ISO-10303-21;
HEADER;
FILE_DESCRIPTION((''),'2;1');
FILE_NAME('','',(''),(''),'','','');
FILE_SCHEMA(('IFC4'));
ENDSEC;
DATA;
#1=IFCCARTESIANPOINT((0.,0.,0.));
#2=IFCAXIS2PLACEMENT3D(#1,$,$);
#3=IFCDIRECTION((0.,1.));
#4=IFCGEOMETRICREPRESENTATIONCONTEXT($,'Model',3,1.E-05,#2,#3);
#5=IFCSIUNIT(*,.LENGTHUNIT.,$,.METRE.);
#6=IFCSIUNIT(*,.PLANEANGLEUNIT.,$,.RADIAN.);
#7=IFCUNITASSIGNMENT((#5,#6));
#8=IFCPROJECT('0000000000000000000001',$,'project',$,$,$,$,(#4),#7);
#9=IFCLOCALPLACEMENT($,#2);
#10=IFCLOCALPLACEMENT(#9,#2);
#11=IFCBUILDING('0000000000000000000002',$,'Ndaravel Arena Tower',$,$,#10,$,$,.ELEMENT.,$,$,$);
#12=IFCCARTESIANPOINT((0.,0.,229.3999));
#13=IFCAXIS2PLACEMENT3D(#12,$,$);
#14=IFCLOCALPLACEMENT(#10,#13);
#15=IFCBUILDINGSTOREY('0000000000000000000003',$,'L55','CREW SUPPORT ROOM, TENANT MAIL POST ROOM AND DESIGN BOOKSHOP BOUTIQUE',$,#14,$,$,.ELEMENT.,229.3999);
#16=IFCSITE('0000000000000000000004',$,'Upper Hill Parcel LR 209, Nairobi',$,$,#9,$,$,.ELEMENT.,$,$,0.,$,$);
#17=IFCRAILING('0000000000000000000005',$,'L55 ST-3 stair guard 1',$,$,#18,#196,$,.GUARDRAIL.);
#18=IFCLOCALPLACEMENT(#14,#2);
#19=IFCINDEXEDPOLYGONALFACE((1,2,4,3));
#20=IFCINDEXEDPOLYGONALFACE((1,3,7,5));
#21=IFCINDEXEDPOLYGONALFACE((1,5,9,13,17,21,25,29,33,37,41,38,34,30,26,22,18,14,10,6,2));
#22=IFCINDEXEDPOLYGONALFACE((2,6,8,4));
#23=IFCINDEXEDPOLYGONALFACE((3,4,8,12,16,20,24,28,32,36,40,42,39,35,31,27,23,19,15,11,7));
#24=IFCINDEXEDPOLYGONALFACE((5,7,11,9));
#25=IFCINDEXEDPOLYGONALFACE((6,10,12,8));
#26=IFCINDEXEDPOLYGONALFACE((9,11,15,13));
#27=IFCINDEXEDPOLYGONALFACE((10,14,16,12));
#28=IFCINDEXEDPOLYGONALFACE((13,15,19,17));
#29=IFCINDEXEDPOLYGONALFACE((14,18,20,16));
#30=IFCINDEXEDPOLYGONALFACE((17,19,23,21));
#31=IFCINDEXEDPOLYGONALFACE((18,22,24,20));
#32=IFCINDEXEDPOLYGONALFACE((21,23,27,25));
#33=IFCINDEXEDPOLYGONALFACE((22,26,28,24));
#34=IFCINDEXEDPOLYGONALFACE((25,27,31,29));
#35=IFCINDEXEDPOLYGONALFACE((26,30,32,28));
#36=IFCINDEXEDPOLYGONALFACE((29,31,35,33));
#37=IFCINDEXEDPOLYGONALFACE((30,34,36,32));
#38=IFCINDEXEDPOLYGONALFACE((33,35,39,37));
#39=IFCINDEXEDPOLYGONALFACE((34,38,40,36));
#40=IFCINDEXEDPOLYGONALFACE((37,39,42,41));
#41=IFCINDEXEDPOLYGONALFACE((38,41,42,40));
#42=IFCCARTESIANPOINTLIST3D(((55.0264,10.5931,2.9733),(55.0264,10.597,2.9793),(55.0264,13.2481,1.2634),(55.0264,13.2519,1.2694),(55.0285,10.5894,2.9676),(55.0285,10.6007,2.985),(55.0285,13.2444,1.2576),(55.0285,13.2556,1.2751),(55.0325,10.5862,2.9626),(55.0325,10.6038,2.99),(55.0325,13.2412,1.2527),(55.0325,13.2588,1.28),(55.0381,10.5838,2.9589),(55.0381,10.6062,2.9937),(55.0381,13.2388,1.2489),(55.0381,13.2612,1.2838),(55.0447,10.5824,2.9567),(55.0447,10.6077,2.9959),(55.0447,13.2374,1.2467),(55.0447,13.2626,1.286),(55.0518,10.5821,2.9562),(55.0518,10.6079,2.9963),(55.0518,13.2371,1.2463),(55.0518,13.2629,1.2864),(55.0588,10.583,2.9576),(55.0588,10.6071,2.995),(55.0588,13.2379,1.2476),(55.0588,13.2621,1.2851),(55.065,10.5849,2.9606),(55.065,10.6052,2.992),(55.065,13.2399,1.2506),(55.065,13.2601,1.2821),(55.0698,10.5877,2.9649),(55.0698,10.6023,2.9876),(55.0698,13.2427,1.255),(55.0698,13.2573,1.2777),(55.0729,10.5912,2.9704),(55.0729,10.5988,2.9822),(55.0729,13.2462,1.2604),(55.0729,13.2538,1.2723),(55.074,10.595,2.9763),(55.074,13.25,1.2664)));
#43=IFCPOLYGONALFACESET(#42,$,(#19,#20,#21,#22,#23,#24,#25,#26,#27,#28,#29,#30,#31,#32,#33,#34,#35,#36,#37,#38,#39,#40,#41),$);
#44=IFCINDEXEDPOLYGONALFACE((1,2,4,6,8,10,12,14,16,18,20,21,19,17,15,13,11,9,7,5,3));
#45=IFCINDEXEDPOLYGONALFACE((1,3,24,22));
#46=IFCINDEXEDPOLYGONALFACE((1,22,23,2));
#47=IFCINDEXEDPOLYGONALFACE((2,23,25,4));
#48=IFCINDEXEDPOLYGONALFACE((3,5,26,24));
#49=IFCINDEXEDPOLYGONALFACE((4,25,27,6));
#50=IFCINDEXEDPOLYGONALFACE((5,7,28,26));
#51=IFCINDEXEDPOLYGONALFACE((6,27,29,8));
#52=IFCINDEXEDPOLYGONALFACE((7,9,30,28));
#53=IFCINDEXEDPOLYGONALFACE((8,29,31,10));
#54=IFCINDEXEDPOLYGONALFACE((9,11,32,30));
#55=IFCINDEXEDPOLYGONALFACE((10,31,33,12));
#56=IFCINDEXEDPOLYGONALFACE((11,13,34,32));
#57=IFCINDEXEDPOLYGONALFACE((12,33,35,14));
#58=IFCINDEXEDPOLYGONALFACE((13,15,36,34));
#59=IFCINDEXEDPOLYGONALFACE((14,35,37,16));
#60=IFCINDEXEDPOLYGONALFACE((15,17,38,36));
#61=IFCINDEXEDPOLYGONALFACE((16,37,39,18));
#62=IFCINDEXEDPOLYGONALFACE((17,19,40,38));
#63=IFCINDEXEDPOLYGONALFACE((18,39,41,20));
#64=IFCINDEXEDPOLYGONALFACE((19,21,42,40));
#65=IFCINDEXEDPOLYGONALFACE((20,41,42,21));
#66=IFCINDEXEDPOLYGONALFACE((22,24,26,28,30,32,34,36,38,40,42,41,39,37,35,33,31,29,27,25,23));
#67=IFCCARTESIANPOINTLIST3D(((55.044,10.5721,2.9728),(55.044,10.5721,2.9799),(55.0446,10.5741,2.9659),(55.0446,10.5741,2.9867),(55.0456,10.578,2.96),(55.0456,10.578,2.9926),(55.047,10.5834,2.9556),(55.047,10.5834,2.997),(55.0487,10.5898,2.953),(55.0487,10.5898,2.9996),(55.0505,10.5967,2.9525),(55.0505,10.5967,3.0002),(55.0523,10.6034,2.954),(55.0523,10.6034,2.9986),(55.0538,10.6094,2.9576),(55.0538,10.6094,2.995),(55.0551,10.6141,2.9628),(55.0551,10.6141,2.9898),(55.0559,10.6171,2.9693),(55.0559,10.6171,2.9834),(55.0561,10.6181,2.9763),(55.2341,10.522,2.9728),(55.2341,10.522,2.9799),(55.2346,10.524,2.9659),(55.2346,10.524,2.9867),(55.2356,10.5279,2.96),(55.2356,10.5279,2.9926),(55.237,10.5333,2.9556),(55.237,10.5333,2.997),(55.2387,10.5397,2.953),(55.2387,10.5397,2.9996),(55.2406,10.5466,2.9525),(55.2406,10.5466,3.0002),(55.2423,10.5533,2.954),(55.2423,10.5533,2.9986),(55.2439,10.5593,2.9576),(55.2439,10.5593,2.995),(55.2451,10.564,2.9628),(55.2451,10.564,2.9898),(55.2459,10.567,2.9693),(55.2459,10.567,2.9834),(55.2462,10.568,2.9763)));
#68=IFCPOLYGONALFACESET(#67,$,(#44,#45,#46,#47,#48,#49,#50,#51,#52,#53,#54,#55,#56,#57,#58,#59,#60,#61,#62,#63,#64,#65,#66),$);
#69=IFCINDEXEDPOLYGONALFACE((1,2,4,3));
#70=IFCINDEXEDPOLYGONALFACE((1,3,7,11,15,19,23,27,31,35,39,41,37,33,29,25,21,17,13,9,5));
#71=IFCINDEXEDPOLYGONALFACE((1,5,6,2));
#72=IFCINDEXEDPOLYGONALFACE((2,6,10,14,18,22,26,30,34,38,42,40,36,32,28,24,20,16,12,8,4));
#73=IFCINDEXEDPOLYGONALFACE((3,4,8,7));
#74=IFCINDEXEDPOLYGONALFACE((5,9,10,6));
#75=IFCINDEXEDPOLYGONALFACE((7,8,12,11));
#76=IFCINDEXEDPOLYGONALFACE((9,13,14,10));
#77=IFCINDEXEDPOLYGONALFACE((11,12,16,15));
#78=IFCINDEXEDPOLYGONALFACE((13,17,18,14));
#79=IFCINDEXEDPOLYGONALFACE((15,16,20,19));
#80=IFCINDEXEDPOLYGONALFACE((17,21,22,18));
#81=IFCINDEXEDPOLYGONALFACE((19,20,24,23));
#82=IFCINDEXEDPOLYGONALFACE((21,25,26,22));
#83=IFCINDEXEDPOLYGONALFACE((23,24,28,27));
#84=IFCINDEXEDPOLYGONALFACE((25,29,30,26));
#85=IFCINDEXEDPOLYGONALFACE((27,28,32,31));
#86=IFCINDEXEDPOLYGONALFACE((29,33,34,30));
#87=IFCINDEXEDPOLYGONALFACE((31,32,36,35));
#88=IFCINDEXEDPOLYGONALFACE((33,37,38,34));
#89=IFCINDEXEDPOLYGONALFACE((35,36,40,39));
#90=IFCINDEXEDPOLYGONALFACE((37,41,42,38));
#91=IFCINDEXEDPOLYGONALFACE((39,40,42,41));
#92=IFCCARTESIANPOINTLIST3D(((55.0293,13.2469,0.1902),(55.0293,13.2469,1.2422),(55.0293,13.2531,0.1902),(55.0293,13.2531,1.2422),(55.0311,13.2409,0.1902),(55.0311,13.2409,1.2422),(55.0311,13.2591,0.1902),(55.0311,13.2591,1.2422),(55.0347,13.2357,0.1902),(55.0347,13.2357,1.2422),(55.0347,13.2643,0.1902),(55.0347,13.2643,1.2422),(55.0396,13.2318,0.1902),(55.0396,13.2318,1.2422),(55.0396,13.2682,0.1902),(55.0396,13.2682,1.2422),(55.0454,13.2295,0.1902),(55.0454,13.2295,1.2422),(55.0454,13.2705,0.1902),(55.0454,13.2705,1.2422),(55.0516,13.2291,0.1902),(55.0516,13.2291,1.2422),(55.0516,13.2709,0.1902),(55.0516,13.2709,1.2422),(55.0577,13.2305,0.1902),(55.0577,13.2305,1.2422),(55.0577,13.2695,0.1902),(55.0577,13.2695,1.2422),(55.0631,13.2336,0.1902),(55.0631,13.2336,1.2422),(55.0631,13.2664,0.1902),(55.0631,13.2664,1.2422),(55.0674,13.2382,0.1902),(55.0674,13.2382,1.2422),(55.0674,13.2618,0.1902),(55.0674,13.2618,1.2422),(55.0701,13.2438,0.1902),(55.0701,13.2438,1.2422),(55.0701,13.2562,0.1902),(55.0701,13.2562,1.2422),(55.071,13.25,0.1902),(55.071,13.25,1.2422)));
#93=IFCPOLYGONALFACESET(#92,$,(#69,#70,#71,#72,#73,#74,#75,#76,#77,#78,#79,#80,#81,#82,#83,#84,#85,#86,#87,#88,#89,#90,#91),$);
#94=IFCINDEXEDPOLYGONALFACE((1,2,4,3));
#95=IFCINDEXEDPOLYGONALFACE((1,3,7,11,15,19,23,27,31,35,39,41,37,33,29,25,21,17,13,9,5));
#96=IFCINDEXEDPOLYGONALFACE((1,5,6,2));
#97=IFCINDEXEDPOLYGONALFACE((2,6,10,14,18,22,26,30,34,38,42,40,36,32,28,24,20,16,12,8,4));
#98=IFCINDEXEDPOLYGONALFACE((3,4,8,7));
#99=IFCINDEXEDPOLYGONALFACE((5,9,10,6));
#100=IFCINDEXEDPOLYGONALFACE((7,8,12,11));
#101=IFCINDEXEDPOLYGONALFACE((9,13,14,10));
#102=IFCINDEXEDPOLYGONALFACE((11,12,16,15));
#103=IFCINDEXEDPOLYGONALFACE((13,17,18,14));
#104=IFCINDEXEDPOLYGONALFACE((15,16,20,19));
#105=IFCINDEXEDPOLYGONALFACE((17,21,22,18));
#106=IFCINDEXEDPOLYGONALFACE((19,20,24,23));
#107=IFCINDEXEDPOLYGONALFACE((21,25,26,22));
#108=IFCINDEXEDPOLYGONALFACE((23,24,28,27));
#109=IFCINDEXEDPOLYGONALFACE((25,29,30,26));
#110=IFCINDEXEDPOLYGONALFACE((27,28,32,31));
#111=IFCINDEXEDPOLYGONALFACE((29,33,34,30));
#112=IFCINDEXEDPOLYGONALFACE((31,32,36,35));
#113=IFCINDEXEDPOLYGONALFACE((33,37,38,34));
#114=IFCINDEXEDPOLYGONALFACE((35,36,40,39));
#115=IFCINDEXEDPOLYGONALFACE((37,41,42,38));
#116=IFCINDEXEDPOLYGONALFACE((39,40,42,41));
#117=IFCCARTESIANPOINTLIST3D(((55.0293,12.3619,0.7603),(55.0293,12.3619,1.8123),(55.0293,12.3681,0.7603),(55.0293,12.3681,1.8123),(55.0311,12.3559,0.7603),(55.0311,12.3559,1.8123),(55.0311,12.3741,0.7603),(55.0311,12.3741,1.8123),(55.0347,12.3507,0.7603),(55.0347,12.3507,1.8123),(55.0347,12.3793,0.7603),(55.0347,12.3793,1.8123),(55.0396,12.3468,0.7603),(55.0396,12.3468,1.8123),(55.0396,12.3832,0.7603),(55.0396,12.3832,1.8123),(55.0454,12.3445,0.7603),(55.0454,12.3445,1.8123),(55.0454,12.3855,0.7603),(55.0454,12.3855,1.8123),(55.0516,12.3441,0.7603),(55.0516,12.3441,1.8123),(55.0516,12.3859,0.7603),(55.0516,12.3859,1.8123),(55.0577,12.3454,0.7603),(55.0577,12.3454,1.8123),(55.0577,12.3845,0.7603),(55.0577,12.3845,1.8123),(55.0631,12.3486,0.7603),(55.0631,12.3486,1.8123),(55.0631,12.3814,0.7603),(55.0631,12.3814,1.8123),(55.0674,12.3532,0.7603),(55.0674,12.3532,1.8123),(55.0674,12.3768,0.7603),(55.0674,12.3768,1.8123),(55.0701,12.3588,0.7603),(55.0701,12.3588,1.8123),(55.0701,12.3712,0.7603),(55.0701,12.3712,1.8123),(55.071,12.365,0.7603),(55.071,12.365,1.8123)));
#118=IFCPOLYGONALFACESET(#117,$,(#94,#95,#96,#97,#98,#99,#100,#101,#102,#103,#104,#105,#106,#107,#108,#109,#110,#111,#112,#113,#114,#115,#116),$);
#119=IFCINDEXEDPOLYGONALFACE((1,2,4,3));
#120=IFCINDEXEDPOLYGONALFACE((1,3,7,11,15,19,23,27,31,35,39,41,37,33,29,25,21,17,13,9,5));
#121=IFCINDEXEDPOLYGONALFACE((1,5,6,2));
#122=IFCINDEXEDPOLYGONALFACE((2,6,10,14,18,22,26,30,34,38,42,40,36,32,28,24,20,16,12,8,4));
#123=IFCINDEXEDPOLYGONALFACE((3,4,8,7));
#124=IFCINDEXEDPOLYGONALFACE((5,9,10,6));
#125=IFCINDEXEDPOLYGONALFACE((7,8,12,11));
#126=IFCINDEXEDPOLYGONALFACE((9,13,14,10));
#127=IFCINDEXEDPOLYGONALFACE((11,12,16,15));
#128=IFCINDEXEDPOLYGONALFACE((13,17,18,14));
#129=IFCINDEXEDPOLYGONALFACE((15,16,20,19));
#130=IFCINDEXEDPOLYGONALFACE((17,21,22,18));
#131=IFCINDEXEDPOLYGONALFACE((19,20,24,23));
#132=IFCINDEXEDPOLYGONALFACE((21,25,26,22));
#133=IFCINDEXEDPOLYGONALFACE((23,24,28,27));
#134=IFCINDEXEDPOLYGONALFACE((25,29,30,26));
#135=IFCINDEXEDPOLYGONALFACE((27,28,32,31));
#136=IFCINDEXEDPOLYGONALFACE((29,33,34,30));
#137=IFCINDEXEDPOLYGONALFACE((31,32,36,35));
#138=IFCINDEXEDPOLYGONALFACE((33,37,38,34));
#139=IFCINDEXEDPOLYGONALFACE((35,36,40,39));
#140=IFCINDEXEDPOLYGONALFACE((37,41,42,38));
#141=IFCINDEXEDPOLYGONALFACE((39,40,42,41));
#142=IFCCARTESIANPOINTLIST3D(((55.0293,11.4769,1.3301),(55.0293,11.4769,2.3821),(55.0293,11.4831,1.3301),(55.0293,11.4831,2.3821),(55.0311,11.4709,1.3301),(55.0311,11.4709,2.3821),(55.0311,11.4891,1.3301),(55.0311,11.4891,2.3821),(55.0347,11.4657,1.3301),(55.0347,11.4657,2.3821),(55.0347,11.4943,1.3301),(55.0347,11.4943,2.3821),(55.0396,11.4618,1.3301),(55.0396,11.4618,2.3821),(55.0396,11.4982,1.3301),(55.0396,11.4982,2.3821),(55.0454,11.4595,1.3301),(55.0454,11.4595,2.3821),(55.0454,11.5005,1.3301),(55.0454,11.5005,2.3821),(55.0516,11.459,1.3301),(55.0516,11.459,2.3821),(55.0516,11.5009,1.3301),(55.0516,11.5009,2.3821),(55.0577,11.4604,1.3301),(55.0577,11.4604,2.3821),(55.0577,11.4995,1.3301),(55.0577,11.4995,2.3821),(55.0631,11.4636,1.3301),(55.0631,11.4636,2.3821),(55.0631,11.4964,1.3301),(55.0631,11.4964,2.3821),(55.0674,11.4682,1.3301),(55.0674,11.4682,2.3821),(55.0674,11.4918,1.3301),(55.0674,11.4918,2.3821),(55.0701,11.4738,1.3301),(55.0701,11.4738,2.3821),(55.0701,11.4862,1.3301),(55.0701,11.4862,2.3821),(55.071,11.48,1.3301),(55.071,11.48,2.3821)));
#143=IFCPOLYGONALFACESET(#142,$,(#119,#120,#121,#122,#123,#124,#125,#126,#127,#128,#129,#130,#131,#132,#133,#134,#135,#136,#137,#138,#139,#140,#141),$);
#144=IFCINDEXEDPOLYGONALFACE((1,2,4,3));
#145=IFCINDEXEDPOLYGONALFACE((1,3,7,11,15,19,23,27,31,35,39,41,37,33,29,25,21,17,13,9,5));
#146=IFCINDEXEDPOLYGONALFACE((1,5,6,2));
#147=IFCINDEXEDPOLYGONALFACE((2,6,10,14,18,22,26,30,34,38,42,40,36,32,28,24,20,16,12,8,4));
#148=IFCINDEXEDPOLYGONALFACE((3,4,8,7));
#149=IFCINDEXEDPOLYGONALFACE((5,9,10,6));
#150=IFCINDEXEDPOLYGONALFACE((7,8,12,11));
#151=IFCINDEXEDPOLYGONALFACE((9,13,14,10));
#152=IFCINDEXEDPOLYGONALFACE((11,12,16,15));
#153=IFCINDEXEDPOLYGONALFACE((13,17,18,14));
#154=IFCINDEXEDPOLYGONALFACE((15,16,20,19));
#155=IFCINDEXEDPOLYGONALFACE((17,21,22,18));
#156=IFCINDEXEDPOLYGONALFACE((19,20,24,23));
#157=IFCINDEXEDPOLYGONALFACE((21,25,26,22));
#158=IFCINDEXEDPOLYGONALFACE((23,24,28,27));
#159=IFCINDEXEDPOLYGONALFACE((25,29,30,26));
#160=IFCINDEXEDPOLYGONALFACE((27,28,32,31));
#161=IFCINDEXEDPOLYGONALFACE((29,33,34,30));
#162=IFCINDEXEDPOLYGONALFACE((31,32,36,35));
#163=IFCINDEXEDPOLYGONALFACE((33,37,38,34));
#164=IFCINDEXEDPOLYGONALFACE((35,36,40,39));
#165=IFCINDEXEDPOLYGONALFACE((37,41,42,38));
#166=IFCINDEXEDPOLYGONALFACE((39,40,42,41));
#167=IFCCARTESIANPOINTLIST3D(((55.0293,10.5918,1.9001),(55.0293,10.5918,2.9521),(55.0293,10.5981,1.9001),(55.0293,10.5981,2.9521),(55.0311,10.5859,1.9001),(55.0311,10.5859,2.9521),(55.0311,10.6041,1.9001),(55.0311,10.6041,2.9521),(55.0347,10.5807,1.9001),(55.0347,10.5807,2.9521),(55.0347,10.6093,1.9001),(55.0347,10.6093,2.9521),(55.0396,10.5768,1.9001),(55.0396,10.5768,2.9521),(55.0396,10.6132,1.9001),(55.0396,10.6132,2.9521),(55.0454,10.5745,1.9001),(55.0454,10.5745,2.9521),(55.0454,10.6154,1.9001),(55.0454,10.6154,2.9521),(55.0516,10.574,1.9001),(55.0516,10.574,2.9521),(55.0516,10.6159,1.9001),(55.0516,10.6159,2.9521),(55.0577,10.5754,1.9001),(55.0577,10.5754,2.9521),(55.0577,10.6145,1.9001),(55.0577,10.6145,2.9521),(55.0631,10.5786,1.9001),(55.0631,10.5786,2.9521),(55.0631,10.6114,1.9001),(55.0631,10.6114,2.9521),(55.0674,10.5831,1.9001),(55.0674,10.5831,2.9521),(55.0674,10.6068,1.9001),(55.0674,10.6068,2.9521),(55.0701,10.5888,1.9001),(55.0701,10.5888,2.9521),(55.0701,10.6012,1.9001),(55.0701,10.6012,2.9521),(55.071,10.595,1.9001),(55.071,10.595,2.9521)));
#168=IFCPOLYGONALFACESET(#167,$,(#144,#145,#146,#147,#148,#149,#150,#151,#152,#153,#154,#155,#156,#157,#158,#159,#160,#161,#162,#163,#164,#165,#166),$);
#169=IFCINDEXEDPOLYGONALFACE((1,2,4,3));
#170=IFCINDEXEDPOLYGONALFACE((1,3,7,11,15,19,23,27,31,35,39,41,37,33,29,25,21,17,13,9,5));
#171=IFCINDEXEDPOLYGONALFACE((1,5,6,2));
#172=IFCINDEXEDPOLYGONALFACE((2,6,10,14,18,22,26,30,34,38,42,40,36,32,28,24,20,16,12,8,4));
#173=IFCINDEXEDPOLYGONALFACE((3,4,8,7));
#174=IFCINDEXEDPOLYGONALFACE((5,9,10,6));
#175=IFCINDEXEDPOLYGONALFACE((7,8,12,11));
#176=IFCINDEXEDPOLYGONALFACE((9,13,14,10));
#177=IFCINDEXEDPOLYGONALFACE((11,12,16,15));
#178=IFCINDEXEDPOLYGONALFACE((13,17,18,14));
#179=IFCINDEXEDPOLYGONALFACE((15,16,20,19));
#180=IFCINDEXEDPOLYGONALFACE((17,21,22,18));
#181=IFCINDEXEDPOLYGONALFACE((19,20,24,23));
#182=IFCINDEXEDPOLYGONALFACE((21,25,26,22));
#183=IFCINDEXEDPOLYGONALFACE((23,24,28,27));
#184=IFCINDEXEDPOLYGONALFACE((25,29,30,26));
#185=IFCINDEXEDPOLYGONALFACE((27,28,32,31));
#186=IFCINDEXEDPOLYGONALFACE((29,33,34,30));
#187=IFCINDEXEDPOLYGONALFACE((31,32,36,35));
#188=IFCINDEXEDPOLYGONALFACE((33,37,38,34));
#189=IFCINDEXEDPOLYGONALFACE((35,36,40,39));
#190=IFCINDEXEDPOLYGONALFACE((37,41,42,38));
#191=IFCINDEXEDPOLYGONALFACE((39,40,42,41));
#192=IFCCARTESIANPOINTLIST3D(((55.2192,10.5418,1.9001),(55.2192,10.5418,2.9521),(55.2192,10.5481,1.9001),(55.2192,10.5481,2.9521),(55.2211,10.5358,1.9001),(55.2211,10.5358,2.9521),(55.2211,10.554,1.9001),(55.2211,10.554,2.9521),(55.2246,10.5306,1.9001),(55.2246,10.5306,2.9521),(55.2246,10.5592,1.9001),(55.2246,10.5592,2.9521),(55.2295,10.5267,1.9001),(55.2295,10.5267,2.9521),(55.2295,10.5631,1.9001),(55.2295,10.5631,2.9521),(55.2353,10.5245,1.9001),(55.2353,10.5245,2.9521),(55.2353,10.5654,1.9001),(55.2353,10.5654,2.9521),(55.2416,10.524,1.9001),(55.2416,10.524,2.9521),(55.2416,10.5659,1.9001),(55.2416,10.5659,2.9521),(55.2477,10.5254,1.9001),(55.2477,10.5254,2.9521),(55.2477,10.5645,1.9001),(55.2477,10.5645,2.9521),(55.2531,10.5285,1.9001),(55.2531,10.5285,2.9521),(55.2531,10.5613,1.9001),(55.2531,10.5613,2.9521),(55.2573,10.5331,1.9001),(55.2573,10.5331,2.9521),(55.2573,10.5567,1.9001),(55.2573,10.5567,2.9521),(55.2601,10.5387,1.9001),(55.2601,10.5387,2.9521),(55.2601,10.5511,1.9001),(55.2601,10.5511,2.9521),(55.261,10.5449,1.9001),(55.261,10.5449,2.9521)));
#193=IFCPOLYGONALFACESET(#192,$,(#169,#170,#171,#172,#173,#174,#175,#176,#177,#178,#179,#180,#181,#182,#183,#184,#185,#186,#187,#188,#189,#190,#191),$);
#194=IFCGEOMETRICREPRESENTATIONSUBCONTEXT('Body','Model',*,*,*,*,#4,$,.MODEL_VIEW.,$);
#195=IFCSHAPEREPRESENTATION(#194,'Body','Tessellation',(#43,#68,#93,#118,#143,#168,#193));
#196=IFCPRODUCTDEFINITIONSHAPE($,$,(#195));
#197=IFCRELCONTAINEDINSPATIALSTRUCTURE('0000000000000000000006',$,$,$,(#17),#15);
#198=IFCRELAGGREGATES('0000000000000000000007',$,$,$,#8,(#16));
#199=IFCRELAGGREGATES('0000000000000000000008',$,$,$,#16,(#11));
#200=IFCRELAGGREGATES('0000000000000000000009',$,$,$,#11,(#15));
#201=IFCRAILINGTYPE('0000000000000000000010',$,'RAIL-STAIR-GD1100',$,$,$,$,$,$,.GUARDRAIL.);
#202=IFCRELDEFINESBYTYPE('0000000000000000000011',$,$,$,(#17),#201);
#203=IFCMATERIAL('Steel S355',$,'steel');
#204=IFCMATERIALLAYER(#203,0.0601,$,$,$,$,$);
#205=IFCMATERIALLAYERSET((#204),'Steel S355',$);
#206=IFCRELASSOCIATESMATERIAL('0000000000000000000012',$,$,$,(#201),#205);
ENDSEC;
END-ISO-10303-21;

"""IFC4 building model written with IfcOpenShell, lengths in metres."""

from ifc_helpers import new_model, si_unit, direction, frame, origin, origin_2d, place, context, subcontext, project, spatial, circle, extrude, material, layer, layer_set, type_object, element, save


model = new_model("IFC4")

# Units and contexts
model_context = context("Model", 3, precision=1e-05, world=origin(), true_north=direction((0.0, 1.0)))
body_context = subcontext(model_context, "Body", "Model", "MODEL_VIEW")
ifc_project = project(units=[si_unit("LENGTHUNIT", "METRE"), si_unit("PLANEANGLEUNIT", "RADIAN")], contexts=[model_context])

# Site, building, storey
site_placement = place(None, origin())
site = spatial("IfcSite", under=ifc_project, at=site_placement, Name="Upper Hill Parcel LR 209, Nairobi", CompositionType="ELEMENT", RefElevation=0.0)
building_placement = place(site_placement, origin())
building = spatial("IfcBuilding", under=site, at=building_placement, Name="Ndaravel Arena Tower", CompositionType="ELEMENT")
storey_placement = place(building_placement, frame((0.0, 0.0, 229.3999)))
storey = spatial("IfcBuildingStorey", under=building, at=storey_placement, Name="L55", Description="CREW SUPPORT ROOM, TENANT MAIL POST ROOM AND DESIGN BOOKSHOP BOUTIQUE", CompositionType="ELEMENT", Elevation=229.3999)

# Railing
ifc_material_1 = material(Name="Steel S355", Category="steel")
ifc_layer_1 = layer(ifc_material_1, 0.0601)
ifc_layer_set_1 = layer_set([ifc_layer_1], Name="Steel S355")
railing_type_1 = type_object("IfcRailingType", Name="RAIL-STAIR-GD1100", PredefinedType="GUARDRAIL", material=ifc_layer_set_1)
railing_1_placement = place(storey_placement, frame((55.05, 13.25, 0.1902)))
element("IfcRailing", 1, at=railing_1_placement, inside=storey, type_object=railing_type_1, Name="L55 ST-3 stair guard 1", PredefinedType="GUARDRAIL", context=body_context, shape_type="SweptSolid", body=[
    extrude(circle(Radius=0.0239, at=origin_2d()), frame((0.0, 0.0, 1.0762), z_axis=(0.0, -0.840724, 0.541465), x_axis=(1.0, 0.0, 0.0)), (0.0, 0.0, 1.0), 3.158),
    extrude(circle(Radius=0.0239, at=origin_2d()), frame((0.0, -2.655, 2.7861), z_axis=(0.966994, -0.254799, 0.0), x_axis=(0.254799, 0.966994, 0.0)), (0.0, 0.0, 1.0), 0.1965),
    extrude(circle(Radius=0.021, at=origin_2d()), origin(), (0.0, 0.0, 1.0), 1.052),
    extrude(circle(Radius=0.021, at=origin_2d()), frame((0.0, -0.885, 0.5701)), (0.0, 0.0, 1.0), 1.052),
    extrude(circle(Radius=0.021, at=origin_2d()), frame((0.0, -1.77, 1.1399)), (0.0, 0.0, 1.0), 1.052),
    extrude(circle(Radius=0.021, at=origin_2d()), frame((0.0, -2.655, 1.71)), (0.0, 0.0, 1.0), 1.052),
    extrude(circle(Radius=0.021, at=origin_2d()), frame((0.1899, -2.7051, 1.71)), (0.0, 0.0, 1.0), 1.052),
])

save(model, "model.ifc")
